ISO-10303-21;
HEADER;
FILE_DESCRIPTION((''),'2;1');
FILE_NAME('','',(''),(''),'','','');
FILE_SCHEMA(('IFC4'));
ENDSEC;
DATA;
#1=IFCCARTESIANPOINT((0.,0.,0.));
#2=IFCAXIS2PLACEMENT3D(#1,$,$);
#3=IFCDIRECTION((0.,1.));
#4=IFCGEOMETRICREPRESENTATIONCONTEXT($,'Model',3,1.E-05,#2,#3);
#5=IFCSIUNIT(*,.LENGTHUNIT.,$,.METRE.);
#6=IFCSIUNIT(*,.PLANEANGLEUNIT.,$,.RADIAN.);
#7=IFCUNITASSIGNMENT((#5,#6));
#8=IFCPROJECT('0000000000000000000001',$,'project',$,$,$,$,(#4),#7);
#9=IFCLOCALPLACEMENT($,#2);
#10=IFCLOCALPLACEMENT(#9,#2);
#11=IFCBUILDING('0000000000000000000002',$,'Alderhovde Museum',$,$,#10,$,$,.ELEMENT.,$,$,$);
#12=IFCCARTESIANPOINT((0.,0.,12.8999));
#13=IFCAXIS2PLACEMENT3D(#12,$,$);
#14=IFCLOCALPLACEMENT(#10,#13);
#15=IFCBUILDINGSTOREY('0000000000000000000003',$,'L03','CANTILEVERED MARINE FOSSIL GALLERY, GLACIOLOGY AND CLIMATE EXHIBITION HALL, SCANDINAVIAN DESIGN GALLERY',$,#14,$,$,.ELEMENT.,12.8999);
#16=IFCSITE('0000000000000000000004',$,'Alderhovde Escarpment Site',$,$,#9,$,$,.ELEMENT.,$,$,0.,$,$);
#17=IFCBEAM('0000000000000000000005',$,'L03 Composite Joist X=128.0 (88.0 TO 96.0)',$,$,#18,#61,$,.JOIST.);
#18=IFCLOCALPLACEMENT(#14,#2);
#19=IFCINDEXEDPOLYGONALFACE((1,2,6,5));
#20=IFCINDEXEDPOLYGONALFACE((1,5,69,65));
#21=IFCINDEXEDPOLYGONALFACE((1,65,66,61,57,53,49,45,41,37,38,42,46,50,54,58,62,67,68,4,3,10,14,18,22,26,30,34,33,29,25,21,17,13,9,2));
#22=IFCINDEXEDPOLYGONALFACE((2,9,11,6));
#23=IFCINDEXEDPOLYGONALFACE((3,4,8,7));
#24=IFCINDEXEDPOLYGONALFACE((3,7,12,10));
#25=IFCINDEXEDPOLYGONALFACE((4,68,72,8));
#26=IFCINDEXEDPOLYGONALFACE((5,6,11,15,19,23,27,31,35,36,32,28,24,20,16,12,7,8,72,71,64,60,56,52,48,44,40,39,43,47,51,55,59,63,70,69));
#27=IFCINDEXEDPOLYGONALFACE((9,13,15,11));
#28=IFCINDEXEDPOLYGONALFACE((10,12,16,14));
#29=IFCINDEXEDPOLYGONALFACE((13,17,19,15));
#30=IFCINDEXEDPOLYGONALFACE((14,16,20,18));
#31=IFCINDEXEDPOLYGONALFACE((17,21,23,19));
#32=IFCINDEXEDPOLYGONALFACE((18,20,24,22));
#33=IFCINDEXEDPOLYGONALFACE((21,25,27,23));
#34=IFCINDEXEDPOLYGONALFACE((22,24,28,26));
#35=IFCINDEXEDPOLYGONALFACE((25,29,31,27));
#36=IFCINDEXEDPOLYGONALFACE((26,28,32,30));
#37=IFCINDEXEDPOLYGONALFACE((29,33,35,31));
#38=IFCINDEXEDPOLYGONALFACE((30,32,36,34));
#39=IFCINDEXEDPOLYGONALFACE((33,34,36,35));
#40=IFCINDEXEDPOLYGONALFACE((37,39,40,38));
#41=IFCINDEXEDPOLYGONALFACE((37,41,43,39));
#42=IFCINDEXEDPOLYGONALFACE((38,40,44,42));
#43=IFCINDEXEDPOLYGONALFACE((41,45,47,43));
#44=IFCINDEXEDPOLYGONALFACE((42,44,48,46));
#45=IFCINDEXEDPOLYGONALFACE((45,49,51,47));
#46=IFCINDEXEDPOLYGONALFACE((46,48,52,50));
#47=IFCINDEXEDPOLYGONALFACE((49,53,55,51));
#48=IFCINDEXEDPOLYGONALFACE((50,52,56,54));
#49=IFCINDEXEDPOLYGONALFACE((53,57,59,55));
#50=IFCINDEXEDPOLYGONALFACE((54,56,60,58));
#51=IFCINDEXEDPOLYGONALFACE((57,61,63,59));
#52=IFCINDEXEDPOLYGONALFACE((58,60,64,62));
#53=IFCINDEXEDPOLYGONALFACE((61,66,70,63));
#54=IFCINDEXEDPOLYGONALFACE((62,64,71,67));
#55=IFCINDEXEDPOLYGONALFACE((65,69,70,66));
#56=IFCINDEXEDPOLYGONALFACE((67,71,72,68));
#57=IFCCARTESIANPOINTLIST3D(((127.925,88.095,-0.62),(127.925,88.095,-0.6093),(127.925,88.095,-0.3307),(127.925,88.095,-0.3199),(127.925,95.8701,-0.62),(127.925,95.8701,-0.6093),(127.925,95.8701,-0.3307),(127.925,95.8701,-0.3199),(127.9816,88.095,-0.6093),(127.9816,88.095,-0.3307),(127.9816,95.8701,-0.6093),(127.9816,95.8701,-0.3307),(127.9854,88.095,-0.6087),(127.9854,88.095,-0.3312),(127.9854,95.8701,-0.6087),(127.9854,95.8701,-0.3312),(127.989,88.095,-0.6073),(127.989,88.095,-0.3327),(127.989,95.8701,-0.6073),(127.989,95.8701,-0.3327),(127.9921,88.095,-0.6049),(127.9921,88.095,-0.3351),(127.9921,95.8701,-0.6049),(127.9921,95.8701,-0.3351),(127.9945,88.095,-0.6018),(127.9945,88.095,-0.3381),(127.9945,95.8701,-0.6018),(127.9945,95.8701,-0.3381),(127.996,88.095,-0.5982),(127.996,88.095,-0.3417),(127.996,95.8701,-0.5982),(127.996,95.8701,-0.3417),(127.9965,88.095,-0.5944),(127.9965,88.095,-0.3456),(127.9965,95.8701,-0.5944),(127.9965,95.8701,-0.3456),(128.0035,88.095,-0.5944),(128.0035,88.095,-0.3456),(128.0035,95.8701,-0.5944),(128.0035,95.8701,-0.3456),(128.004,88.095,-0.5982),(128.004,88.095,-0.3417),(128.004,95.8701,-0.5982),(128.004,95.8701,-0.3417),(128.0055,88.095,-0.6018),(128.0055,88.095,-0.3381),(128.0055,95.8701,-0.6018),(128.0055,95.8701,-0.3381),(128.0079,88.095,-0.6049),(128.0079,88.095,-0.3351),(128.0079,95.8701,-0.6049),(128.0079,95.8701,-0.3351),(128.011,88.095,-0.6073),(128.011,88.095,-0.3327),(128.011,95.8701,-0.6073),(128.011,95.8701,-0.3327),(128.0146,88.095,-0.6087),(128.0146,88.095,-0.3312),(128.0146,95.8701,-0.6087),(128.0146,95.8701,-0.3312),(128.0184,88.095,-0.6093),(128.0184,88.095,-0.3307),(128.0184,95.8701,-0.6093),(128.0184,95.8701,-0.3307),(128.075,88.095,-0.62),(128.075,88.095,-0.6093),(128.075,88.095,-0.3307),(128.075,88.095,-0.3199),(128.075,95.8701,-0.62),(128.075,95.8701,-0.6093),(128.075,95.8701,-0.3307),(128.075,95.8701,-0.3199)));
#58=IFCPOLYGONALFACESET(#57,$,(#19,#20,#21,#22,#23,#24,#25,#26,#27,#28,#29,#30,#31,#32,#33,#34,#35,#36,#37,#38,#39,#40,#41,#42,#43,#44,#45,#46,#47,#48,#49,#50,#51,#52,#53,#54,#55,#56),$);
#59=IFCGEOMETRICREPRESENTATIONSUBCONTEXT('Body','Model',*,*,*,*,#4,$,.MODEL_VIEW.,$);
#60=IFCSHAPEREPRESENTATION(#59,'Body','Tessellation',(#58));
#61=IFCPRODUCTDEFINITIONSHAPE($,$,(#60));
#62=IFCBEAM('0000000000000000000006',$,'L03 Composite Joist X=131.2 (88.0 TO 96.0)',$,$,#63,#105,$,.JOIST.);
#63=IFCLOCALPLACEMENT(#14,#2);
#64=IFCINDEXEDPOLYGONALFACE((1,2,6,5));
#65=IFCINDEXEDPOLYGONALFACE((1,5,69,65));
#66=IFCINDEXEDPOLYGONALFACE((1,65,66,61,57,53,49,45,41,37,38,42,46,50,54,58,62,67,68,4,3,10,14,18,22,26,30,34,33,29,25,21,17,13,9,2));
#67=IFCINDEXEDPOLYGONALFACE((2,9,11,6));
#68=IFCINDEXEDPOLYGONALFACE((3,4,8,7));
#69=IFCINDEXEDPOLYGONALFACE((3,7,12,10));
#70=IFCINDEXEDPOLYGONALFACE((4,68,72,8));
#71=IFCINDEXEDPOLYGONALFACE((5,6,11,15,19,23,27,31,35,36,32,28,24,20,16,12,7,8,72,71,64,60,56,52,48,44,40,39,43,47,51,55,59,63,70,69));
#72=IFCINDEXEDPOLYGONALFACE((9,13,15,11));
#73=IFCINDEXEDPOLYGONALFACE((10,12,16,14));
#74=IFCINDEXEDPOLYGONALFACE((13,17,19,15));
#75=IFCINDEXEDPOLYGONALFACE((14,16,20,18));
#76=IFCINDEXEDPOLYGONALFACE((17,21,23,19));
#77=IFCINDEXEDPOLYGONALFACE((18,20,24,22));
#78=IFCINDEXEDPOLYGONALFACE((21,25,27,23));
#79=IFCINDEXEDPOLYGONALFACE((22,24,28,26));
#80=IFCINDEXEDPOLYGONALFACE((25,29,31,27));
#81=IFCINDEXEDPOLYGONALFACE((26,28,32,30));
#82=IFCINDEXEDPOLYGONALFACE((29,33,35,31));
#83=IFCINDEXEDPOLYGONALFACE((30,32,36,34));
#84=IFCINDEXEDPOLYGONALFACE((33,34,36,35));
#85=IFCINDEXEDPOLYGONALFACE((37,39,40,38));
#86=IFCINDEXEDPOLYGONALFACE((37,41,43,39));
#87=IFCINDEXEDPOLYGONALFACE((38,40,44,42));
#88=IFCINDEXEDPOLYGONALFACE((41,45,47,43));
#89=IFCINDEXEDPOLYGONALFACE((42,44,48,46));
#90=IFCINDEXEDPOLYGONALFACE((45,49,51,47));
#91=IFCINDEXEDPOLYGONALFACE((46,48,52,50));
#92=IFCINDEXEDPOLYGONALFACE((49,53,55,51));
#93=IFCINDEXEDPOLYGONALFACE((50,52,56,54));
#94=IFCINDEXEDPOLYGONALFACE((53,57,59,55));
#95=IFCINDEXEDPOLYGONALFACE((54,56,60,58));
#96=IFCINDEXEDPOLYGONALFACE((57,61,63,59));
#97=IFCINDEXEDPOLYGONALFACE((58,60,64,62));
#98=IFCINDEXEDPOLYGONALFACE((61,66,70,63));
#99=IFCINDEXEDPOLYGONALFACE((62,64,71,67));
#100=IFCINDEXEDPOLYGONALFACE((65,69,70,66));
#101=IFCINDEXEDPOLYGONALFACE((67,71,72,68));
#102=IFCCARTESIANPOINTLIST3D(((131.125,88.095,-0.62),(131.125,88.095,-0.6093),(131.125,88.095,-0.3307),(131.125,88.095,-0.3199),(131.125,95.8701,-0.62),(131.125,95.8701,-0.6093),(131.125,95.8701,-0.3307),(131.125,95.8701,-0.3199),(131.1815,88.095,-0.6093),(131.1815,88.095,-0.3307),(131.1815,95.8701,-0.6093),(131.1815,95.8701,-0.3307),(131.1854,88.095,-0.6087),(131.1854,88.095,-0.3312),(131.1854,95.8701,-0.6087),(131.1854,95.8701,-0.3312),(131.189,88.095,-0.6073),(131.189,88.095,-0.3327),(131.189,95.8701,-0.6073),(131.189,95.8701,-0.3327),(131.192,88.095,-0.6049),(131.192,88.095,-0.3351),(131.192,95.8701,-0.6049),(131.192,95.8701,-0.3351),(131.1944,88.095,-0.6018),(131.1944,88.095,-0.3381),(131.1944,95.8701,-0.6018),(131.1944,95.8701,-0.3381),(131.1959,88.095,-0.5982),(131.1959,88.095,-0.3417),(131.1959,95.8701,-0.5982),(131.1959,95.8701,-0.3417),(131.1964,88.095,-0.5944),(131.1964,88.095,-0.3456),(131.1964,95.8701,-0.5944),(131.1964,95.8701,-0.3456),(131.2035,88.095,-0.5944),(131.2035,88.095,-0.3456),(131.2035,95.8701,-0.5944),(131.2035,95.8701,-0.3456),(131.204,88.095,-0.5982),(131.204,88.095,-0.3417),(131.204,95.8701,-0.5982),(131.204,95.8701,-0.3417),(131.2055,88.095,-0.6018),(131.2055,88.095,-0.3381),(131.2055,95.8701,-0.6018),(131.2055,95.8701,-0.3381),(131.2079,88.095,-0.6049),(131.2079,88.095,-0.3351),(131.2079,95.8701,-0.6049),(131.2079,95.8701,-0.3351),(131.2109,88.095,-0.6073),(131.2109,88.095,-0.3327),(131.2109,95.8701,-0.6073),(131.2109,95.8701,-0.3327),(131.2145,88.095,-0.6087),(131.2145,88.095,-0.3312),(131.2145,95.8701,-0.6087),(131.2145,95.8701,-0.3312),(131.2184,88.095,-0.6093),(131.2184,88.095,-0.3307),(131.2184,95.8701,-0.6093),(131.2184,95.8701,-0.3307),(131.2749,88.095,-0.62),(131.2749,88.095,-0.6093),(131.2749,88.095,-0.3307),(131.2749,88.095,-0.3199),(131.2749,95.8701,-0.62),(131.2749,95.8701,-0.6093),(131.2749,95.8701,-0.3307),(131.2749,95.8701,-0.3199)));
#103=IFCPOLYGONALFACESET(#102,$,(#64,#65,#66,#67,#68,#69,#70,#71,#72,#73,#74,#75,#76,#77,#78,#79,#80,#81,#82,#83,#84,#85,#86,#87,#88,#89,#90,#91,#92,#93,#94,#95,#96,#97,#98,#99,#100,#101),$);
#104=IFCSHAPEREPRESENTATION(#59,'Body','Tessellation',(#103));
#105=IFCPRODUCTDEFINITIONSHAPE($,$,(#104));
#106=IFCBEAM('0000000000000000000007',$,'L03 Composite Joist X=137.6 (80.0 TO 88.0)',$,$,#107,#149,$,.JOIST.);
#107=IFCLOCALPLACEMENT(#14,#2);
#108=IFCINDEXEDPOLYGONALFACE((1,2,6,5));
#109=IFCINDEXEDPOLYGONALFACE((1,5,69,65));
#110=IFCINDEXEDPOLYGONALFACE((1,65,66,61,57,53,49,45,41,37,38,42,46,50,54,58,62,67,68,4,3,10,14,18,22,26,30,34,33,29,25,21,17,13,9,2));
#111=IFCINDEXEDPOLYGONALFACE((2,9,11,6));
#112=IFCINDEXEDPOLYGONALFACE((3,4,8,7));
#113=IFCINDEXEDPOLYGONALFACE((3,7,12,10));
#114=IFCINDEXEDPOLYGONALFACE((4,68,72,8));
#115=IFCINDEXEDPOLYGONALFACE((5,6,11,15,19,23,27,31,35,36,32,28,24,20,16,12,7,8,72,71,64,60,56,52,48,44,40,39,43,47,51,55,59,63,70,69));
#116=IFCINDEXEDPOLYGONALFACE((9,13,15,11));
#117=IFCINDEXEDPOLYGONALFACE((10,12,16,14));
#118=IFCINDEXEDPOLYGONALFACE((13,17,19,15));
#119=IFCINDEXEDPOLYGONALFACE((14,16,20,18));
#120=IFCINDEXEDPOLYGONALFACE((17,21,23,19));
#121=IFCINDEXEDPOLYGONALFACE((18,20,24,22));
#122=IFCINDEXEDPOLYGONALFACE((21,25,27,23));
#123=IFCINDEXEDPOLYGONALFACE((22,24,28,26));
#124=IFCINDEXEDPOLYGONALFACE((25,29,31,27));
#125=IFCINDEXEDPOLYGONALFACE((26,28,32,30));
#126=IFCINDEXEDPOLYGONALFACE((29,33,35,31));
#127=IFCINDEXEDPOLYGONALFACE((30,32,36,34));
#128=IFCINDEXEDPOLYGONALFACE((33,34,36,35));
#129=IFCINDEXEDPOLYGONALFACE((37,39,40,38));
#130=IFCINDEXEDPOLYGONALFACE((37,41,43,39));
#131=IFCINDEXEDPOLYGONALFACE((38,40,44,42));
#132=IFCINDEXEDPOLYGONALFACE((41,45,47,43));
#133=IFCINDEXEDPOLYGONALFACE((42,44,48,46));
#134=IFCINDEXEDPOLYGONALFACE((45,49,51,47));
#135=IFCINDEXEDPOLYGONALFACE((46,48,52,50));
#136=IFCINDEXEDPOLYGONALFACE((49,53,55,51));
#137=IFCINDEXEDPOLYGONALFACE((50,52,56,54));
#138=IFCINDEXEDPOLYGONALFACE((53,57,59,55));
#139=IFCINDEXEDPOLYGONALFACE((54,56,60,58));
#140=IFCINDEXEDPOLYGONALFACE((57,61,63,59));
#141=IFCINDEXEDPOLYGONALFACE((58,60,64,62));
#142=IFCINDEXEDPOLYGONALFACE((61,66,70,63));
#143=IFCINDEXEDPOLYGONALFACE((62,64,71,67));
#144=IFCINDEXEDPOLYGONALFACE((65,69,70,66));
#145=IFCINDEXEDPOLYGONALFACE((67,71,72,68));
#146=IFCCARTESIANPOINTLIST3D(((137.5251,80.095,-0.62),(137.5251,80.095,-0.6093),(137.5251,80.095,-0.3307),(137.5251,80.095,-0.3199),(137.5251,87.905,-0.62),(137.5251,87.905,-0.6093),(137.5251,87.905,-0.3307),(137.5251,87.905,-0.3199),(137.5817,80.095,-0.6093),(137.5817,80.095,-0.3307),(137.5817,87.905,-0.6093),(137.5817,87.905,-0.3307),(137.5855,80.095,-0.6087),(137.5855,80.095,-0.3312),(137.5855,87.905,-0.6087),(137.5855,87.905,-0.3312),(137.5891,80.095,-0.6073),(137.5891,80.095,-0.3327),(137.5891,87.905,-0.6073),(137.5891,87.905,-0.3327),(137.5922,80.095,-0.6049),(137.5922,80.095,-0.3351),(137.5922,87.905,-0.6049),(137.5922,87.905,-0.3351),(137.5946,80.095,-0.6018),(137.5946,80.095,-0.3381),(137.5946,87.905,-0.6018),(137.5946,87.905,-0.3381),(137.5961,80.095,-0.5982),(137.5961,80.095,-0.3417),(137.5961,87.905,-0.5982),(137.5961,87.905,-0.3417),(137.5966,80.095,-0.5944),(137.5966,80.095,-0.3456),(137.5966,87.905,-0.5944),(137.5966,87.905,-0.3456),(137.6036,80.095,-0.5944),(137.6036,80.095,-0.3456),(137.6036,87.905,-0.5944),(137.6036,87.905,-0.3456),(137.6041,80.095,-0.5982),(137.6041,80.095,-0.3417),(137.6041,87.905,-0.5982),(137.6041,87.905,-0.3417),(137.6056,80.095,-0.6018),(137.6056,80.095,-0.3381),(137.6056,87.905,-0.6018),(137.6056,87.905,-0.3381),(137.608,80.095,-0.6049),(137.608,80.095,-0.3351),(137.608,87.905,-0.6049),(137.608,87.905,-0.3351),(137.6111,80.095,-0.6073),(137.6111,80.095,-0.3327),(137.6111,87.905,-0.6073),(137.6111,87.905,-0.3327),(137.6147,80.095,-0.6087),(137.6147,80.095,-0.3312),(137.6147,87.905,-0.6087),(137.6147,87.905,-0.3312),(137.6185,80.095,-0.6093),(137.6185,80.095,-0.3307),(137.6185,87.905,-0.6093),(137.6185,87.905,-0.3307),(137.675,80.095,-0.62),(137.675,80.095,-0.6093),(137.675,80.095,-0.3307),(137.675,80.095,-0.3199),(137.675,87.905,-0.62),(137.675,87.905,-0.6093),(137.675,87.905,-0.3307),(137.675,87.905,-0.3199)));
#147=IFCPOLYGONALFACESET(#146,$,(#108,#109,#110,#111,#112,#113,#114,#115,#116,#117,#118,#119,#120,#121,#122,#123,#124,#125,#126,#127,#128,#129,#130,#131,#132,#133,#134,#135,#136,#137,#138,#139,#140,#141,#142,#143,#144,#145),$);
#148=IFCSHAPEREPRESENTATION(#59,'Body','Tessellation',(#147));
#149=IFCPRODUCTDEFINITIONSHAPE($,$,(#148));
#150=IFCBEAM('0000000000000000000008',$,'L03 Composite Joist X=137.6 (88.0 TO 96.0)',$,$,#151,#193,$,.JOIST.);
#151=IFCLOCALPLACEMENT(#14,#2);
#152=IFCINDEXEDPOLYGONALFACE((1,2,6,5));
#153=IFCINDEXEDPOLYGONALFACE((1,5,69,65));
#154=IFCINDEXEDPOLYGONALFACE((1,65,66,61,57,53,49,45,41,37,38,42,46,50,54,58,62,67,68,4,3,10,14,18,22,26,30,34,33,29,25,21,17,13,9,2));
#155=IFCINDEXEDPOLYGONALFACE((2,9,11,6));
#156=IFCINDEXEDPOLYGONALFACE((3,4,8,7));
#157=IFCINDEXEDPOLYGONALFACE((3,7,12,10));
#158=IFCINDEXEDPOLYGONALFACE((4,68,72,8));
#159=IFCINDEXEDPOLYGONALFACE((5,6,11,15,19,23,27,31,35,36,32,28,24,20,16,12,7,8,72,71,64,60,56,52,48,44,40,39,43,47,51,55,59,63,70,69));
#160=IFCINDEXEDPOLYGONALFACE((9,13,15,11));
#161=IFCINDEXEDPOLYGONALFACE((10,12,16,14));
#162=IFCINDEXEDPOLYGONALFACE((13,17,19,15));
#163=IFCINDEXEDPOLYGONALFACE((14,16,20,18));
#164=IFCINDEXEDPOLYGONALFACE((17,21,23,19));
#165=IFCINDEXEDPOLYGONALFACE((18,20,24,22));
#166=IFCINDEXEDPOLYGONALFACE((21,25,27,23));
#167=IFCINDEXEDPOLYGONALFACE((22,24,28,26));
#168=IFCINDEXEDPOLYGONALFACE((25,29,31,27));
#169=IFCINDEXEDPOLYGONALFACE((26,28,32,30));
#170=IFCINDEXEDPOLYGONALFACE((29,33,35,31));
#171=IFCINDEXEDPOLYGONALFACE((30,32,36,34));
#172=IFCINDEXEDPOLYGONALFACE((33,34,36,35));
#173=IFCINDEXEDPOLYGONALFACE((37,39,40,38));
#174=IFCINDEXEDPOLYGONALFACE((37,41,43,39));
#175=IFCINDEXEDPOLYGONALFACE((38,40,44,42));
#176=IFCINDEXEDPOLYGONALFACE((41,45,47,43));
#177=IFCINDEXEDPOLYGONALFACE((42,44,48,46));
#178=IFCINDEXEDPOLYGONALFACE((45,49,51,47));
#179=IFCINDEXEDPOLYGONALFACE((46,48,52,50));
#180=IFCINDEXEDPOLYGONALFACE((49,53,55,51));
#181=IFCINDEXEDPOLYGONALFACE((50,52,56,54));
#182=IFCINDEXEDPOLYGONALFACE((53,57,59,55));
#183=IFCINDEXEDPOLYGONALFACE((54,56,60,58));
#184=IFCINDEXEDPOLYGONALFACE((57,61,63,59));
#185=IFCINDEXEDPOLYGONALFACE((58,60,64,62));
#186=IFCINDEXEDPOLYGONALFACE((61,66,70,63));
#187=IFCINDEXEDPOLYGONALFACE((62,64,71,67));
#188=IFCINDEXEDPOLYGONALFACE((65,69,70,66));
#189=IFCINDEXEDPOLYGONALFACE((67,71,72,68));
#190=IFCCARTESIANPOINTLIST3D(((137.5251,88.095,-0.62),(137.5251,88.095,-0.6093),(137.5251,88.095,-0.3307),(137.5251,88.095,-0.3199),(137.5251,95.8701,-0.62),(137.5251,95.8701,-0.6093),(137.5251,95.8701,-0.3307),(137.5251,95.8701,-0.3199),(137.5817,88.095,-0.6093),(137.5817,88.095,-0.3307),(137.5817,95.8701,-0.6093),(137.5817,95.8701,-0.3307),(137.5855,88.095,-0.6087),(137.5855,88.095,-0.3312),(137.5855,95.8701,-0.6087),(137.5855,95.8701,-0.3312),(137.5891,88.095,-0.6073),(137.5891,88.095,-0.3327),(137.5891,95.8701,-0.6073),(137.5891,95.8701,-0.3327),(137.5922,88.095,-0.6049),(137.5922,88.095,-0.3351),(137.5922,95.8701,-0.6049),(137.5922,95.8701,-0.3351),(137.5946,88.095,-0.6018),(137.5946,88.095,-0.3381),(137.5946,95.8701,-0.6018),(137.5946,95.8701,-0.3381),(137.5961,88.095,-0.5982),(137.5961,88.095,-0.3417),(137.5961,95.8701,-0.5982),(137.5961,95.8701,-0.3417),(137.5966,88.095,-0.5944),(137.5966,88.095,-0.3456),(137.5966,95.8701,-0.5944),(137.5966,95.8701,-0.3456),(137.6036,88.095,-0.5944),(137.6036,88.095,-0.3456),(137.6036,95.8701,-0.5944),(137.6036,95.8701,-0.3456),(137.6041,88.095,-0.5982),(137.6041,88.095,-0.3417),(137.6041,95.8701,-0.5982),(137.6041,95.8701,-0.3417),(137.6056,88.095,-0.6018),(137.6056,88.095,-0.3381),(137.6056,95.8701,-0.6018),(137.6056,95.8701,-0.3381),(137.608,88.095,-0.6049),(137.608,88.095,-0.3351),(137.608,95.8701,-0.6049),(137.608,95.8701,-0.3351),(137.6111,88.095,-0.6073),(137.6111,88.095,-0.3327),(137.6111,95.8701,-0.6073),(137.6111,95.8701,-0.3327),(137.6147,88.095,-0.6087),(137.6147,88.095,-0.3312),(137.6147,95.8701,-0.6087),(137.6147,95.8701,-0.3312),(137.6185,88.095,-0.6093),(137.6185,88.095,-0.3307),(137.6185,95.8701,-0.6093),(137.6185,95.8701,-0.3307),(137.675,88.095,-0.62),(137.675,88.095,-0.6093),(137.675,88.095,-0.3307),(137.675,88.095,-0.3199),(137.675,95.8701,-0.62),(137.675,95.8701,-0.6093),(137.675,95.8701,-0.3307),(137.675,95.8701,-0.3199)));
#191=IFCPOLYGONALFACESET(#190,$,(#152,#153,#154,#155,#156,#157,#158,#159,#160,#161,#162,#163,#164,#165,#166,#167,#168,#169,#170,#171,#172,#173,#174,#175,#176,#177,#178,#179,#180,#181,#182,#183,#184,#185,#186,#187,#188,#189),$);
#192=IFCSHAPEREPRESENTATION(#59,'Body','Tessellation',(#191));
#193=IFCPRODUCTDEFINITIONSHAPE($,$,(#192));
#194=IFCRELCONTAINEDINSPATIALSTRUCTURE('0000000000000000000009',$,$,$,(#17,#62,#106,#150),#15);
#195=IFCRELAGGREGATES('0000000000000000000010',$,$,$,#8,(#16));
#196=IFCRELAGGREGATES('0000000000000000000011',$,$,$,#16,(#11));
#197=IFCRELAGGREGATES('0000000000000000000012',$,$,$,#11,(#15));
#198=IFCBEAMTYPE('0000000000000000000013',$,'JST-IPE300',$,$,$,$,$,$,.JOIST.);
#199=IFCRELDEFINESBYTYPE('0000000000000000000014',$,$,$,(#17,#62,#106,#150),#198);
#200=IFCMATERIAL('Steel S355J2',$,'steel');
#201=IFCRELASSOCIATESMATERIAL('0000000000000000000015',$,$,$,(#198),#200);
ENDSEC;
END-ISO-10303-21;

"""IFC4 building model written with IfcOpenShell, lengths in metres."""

from ifc_helpers import new_model, si_unit, direction, frame, origin, origin_2d, place, context, subcontext, project, spatial, i_section, extrude, material, material_profile, profile_set, type_object, element, save


model = new_model("IFC4")

# Units and contexts
model_context = context("Model", 3, precision=1e-05, world=origin(), true_north=direction((0.0, 1.0)))
body_context = subcontext(model_context, "Body", "Model", "MODEL_VIEW")
ifc_project = project(units=[si_unit("LENGTHUNIT", "METRE"), si_unit("PLANEANGLEUNIT", "RADIAN")], contexts=[model_context])

# Site, building, storey
site_placement = place(None, origin())
site = spatial("IfcSite", under=ifc_project, at=site_placement, Name="Alderhovde Escarpment Site", CompositionType="ELEMENT", RefElevation=0.0)
building_placement = place(site_placement, origin())
building = spatial("IfcBuilding", under=site, at=building_placement, Name="Alderhovde Museum", CompositionType="ELEMENT")
storey_placement = place(building_placement, frame((0.0, 0.0, 12.8999)))
storey = spatial("IfcBuildingStorey", under=building, at=storey_placement, Name="L03", Description="CANTILEVERED MARINE FOSSIL GALLERY, GLACIOLOGY AND CLIMATE EXHIBITION HALL, SCANDINAVIAN DESIGN GALLERY", CompositionType="ELEMENT", Elevation=12.8999)

# Beams
ifc_material_1 = material(Name="Steel S355J2", Category="steel")
ifc_material_profile_1 = material_profile(ifc_material_1, i_section(OverallWidth=0.1499, OverallDepth=0.3, WebThickness=0.0071, FlangeThickness=0.0107, FilletRadius=0.0149, at=origin_2d()), Name="IPE 300")
ifc_profile_set_1 = profile_set([ifc_material_profile_1], Name="Steel S355J2")
beam_type_1 = type_object("IfcBeamType", Name="JST-IPE300", PredefinedType="JOIST", material=ifc_profile_set_1)
for number, where, z_axis, x_axis, name in (
    (1, (128.0, 88.095, -0.47), (0.0, 1.0, 0.0), (-1.0, 0.0, 0.0), "L03 Composite Joist X=128.0 (88.0 TO 96.0)"),
    (2, (131.2, 88.095, -0.47), (0.0, 1.0, 0.0), (-1.0, 0.0, 0.0), "L03 Composite Joist X=131.2 (88.0 TO 96.0)"),
):
    element("IfcBeam", number, at=place(storey_placement, frame(where, z_axis=z_axis, x_axis=x_axis)), inside=storey, type_object=beam_type_1, Name=name, PredefinedType="JOIST", context=body_context, shape_type="SweptSolid", body=[
        extrude(i_section(OverallWidth=0.1499, OverallDepth=0.3, WebThickness=0.0071, FlangeThickness=0.0107, FilletRadius=0.0149, at=origin_2d()), origin(), (0.0, 0.0, 1.0), 7.7751),
    ])
beam_1_placement = place(storey_placement, frame((137.6001, 80.095, -0.47), z_axis=(0.0, 1.0, 0.0), x_axis=(-1.0, 0.0, 0.0)))
element("IfcBeam", 3, at=beam_1_placement, inside=storey, type_object=beam_type_1, Name="L03 Composite Joist X=137.6 (80.0 TO 88.0)", PredefinedType="JOIST", context=body_context, shape_type="SweptSolid", body=[
    extrude(i_section(OverallWidth=0.1499, OverallDepth=0.3, WebThickness=0.0071, FlangeThickness=0.0107, FilletRadius=0.0149, at=origin_2d()), origin(), (0.0, 0.0, 1.0), 7.8101),
])
beam_2_placement = place(storey_placement, frame((137.6001, 88.095, -0.47), z_axis=(0.0, 1.0, 0.0), x_axis=(-1.0, 0.0, 0.0)))
element("IfcBeam", 4, at=beam_2_placement, inside=storey, type_object=beam_type_1, Name="L03 Composite Joist X=137.6 (88.0 TO 96.0)", PredefinedType="JOIST", context=body_context, shape_type="SweptSolid", body=[
    extrude(i_section(OverallWidth=0.1499, OverallDepth=0.3, WebThickness=0.0071, FlangeThickness=0.0107, FilletRadius=0.0149, at=origin_2d()), origin(), (0.0, 0.0, 1.0), 7.7751),
])

save(model, "model.ifc")
